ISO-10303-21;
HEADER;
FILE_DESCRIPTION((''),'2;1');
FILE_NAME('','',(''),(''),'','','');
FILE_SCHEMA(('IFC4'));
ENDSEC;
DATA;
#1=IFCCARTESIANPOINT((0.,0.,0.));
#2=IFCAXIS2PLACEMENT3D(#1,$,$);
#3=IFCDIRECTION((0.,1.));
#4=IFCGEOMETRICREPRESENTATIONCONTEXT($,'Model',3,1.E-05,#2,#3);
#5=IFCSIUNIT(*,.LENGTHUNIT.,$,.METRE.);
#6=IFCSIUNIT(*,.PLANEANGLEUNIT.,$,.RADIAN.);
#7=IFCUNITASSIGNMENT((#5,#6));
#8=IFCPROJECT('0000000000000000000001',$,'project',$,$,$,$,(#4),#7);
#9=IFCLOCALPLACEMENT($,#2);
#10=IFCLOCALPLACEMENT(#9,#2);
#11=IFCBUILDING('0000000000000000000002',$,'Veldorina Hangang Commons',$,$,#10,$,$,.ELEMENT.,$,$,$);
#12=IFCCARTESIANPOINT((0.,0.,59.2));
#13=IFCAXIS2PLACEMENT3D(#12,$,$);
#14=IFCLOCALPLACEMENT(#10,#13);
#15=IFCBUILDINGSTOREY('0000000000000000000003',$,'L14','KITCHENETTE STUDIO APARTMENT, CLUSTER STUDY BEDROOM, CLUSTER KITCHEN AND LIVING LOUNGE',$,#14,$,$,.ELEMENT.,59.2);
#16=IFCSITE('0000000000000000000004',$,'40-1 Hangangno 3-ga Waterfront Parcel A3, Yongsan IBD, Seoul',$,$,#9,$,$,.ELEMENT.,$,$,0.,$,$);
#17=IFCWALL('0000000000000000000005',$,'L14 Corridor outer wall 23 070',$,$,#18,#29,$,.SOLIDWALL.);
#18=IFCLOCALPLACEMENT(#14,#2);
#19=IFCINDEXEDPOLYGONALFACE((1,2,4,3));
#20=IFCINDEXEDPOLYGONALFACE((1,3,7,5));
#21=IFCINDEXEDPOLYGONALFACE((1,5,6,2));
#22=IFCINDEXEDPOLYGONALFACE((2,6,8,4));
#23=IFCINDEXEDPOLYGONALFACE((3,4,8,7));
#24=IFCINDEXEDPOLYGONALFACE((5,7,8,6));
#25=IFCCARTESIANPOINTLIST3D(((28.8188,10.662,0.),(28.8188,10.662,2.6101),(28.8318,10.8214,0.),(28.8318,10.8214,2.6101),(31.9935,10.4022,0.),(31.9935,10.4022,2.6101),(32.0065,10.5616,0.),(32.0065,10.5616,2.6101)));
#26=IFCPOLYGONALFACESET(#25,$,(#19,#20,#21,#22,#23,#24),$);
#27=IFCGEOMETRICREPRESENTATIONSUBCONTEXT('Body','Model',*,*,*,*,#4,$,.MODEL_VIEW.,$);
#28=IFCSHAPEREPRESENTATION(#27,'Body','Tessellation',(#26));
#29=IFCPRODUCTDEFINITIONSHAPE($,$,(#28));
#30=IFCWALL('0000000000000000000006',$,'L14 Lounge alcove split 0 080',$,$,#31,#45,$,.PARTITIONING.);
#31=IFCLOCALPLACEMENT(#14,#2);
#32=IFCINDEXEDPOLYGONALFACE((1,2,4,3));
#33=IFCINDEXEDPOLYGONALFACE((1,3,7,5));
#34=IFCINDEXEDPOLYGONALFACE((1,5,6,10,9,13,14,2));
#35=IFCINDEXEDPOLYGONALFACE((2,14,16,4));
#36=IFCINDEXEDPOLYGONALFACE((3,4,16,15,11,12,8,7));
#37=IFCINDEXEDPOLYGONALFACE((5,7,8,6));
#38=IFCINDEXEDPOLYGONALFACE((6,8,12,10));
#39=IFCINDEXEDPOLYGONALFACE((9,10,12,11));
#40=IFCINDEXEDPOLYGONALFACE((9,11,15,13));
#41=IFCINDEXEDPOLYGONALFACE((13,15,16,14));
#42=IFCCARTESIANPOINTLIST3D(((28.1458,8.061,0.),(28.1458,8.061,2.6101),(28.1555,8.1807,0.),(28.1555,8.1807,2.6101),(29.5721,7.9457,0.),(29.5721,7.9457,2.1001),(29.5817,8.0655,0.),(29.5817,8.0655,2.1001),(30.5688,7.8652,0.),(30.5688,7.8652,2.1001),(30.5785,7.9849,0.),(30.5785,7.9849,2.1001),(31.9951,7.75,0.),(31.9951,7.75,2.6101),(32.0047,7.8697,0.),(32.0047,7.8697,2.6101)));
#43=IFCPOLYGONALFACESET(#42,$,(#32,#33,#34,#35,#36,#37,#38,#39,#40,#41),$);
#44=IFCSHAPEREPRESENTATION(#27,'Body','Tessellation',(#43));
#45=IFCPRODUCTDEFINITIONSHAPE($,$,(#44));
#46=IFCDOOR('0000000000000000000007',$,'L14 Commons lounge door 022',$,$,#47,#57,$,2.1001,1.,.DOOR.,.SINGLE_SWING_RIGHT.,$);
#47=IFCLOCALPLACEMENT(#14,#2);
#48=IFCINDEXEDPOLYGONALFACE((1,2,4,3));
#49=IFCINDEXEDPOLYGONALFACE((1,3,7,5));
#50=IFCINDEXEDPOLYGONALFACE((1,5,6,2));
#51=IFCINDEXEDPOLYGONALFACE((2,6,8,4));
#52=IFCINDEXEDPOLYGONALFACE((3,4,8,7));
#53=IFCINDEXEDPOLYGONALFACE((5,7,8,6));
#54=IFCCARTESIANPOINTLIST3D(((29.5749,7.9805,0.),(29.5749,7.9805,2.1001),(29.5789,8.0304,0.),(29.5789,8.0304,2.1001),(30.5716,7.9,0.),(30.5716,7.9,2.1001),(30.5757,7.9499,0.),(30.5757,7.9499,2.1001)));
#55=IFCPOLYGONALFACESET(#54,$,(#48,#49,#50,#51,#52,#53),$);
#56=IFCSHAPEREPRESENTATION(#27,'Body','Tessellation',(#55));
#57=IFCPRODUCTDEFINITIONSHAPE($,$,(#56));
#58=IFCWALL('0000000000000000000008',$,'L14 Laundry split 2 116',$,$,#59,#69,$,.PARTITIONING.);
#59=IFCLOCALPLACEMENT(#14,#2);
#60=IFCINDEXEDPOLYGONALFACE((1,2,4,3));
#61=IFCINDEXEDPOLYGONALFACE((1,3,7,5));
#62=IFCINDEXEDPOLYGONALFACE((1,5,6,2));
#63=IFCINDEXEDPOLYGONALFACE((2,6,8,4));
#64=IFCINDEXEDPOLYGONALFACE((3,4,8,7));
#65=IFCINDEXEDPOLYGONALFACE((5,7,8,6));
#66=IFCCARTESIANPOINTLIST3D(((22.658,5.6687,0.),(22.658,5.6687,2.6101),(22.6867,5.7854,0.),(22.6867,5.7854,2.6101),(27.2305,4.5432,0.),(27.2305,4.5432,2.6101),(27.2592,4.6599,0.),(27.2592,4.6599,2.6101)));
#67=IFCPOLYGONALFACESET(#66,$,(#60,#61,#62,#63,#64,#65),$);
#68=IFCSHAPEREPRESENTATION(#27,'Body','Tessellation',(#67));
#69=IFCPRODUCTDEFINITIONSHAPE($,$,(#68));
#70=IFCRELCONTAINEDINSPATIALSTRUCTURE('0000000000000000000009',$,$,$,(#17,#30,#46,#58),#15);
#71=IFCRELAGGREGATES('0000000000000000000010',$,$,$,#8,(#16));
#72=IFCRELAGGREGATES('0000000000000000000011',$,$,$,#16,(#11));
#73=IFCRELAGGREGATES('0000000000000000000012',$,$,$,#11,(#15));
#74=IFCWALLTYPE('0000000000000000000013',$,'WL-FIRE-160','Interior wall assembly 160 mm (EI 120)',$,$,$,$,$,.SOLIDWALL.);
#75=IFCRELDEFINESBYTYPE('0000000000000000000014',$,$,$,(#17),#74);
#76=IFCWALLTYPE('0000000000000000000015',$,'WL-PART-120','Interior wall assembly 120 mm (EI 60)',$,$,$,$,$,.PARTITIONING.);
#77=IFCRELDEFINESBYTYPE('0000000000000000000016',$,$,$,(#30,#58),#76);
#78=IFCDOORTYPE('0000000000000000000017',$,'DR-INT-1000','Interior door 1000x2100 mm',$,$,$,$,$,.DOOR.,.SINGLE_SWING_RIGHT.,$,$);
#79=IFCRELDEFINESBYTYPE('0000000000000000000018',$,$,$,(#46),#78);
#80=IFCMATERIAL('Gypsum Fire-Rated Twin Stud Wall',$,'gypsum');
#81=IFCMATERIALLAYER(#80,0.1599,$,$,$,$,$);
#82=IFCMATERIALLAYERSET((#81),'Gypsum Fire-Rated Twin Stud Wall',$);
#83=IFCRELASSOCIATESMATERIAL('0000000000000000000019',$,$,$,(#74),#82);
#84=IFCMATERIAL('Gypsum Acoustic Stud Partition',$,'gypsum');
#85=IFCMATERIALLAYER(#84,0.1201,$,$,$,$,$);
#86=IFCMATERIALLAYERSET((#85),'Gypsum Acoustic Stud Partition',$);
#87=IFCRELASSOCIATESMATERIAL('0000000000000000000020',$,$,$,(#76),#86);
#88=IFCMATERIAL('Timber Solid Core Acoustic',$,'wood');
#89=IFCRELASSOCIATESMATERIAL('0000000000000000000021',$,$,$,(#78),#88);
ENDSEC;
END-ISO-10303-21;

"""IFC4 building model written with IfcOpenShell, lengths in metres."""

from ifc_helpers import new_model, si_unit, direction, frame, frame_2d, origin, place, context, subcontext, project, spatial, rectangle, extrude, material, layer, layer_set, type_object, element, fill, save


model = new_model("IFC4")

# Units and contexts
model_context = context("Model", 3, precision=1e-05, world=origin(), true_north=direction((0.0, 1.0)))
body_context = subcontext(model_context, "Body", "Model", "MODEL_VIEW")
ifc_project = project(units=[si_unit("LENGTHUNIT", "METRE"), si_unit("PLANEANGLEUNIT", "RADIAN")], contexts=[model_context])

# Site, building, storey
site_placement = place(None, origin())
site = spatial("IfcSite", under=ifc_project, at=site_placement, Name="40-1 Hangangno 3-ga Waterfront Parcel A3, Yongsan IBD, Seoul", CompositionType="ELEMENT", RefElevation=0.0)
building_placement = place(site_placement, origin())
building = spatial("IfcBuilding", under=site, at=building_placement, Name="Veldorina Hangang Commons", CompositionType="ELEMENT")
storey_placement = place(building_placement, frame((0.0, 0.0, 59.2)))
storey = spatial("IfcBuildingStorey", under=building, at=storey_placement, Name="L14", Description="KITCHENETTE STUDIO APARTMENT, CLUSTER STUDY BEDROOM, CLUSTER KITCHEN AND LIVING LOUNGE", CompositionType="ELEMENT", Elevation=59.2)

# Wall
ifc_material_1 = material(Name="Gypsum Fire-Rated Twin Stud Wall", Category="gypsum")
ifc_layer_1 = layer(ifc_material_1, 0.1599)
ifc_layer_set_1 = layer_set([ifc_layer_1], Name="Gypsum Fire-Rated Twin Stud Wall")
wall_type_1 = type_object("IfcWallType", Name="WL-FIRE-160", Description="Interior wall assembly 160 mm (EI 120)", PredefinedType="SOLIDWALL", material=ifc_layer_set_1)
wall_1_placement = place(storey_placement, frame((28.8252, 10.7417, 0.0), z_axis=(0.0, 0.0, 1.0), x_axis=(0.996669, -0.081548, 0.0)))
element("IfcWall", 1, at=wall_1_placement, inside=storey, type_object=wall_type_1, Name="L14 Corridor outer wall 23 070", PredefinedType="SOLIDWALL", context=body_context, shape_type="SweptSolid", body=[
    extrude(rectangle(XDim=3.1853, YDim=0.1599, at=frame_2d((1.5928, 0.0))), origin(), (0.0, 0.0, 1.0), 2.6101),
])

# Wall, opening, door
ifc_material_2 = material(Name="Gypsum Acoustic Stud Partition", Category="gypsum")
ifc_layer_2 = layer(ifc_material_2, 0.1201)
ifc_layer_set_2 = layer_set([ifc_layer_2], Name="Gypsum Acoustic Stud Partition")
wall_type_2 = type_object("IfcWallType", Name="WL-PART-120", Description="Interior wall assembly 120 mm (EI 60)", PredefinedType="PARTITIONING", material=ifc_layer_set_2)
wall_2_placement = place(storey_placement, frame((28.1506, 8.1208, 0.0), z_axis=(0.0, 0.0, 1.0), x_axis=(0.996751, -0.080539, 0.0)))
wall_2 = element("IfcWall", 2, at=wall_2_placement, inside=storey, type_object=wall_type_2, Name="L14 Lounge alcove split 0 080", PredefinedType="PARTITIONING", context=body_context, shape_type="SweptSolid", body=[
    extrude(rectangle(XDim=3.8618, YDim=0.1201, at=frame_2d((1.9309, 0.0))), origin(), (0.0, 0.0, 1.0), 2.6101),
])
opening_placement = place(wall_2_placement, frame((1.4309, 0.0, 0.0)))
opening = element("IfcOpeningElement", 3, at=opening_placement, cuts=wall_2, PredefinedType="OPENING", context=body_context, shape_type="SweptSolid", body=[
    extrude(rectangle(XDim=1.0, YDim=2.1001, at=frame_2d((0.5, 1.05))), frame((0.0, 0.0701, 0.0), z_axis=(0.0, -1.0, 0.0), x_axis=(1.0, 0.0, 0.0)), (0.0, 0.0, 1.0), 0.1401),
])
ifc_material_3 = material(Name="Timber Solid Core Acoustic", Category="wood")
door_type = type_object("IfcDoorType", Name="DR-INT-1000", Description="Interior door 1000x2100 mm", OperationType="SINGLE_SWING_RIGHT", PredefinedType="DOOR", material=ifc_material_3)
door_placement = place(opening_placement, origin())
door = element("IfcDoor", 4, at=door_placement, inside=storey, type_object=door_type, Name="L14 Commons lounge door 022", OperationType="SINGLE_SWING_RIGHT", OverallHeight=2.1001, OverallWidth=1.0, PredefinedType="DOOR", context=body_context, shape_type="SweptSolid", body=[
    extrude(rectangle(XDim=1.0, YDim=2.1001, at=frame_2d((0.5, 1.05))), frame((0.0, 0.0249, 0.0), z_axis=(0.0, -1.0, 0.0), x_axis=(1.0, 0.0, 0.0)), (0.0, 0.0, 1.0), 0.05),
])
fill(opening, door)

# Wall
wall_3_placement = place(storey_placement, frame((22.6724, 5.7271, 0.0), z_axis=(0.0, 0.0, 1.0), x_axis=(0.971017, -0.239009, 0.0)))
element("IfcWall", 5, at=wall_3_placement, inside=storey, type_object=wall_type_2, Name="L14 Laundry split 2 116", PredefinedType="PARTITIONING", context=body_context, shape_type="SweptSolid", body=[
    extrude(rectangle(XDim=4.709, YDim=0.1201, at=frame_2d((2.3545, 0.0))), origin(), (0.0, 0.0, 1.0), 2.6101),
])

save(model, "model.ifc")
